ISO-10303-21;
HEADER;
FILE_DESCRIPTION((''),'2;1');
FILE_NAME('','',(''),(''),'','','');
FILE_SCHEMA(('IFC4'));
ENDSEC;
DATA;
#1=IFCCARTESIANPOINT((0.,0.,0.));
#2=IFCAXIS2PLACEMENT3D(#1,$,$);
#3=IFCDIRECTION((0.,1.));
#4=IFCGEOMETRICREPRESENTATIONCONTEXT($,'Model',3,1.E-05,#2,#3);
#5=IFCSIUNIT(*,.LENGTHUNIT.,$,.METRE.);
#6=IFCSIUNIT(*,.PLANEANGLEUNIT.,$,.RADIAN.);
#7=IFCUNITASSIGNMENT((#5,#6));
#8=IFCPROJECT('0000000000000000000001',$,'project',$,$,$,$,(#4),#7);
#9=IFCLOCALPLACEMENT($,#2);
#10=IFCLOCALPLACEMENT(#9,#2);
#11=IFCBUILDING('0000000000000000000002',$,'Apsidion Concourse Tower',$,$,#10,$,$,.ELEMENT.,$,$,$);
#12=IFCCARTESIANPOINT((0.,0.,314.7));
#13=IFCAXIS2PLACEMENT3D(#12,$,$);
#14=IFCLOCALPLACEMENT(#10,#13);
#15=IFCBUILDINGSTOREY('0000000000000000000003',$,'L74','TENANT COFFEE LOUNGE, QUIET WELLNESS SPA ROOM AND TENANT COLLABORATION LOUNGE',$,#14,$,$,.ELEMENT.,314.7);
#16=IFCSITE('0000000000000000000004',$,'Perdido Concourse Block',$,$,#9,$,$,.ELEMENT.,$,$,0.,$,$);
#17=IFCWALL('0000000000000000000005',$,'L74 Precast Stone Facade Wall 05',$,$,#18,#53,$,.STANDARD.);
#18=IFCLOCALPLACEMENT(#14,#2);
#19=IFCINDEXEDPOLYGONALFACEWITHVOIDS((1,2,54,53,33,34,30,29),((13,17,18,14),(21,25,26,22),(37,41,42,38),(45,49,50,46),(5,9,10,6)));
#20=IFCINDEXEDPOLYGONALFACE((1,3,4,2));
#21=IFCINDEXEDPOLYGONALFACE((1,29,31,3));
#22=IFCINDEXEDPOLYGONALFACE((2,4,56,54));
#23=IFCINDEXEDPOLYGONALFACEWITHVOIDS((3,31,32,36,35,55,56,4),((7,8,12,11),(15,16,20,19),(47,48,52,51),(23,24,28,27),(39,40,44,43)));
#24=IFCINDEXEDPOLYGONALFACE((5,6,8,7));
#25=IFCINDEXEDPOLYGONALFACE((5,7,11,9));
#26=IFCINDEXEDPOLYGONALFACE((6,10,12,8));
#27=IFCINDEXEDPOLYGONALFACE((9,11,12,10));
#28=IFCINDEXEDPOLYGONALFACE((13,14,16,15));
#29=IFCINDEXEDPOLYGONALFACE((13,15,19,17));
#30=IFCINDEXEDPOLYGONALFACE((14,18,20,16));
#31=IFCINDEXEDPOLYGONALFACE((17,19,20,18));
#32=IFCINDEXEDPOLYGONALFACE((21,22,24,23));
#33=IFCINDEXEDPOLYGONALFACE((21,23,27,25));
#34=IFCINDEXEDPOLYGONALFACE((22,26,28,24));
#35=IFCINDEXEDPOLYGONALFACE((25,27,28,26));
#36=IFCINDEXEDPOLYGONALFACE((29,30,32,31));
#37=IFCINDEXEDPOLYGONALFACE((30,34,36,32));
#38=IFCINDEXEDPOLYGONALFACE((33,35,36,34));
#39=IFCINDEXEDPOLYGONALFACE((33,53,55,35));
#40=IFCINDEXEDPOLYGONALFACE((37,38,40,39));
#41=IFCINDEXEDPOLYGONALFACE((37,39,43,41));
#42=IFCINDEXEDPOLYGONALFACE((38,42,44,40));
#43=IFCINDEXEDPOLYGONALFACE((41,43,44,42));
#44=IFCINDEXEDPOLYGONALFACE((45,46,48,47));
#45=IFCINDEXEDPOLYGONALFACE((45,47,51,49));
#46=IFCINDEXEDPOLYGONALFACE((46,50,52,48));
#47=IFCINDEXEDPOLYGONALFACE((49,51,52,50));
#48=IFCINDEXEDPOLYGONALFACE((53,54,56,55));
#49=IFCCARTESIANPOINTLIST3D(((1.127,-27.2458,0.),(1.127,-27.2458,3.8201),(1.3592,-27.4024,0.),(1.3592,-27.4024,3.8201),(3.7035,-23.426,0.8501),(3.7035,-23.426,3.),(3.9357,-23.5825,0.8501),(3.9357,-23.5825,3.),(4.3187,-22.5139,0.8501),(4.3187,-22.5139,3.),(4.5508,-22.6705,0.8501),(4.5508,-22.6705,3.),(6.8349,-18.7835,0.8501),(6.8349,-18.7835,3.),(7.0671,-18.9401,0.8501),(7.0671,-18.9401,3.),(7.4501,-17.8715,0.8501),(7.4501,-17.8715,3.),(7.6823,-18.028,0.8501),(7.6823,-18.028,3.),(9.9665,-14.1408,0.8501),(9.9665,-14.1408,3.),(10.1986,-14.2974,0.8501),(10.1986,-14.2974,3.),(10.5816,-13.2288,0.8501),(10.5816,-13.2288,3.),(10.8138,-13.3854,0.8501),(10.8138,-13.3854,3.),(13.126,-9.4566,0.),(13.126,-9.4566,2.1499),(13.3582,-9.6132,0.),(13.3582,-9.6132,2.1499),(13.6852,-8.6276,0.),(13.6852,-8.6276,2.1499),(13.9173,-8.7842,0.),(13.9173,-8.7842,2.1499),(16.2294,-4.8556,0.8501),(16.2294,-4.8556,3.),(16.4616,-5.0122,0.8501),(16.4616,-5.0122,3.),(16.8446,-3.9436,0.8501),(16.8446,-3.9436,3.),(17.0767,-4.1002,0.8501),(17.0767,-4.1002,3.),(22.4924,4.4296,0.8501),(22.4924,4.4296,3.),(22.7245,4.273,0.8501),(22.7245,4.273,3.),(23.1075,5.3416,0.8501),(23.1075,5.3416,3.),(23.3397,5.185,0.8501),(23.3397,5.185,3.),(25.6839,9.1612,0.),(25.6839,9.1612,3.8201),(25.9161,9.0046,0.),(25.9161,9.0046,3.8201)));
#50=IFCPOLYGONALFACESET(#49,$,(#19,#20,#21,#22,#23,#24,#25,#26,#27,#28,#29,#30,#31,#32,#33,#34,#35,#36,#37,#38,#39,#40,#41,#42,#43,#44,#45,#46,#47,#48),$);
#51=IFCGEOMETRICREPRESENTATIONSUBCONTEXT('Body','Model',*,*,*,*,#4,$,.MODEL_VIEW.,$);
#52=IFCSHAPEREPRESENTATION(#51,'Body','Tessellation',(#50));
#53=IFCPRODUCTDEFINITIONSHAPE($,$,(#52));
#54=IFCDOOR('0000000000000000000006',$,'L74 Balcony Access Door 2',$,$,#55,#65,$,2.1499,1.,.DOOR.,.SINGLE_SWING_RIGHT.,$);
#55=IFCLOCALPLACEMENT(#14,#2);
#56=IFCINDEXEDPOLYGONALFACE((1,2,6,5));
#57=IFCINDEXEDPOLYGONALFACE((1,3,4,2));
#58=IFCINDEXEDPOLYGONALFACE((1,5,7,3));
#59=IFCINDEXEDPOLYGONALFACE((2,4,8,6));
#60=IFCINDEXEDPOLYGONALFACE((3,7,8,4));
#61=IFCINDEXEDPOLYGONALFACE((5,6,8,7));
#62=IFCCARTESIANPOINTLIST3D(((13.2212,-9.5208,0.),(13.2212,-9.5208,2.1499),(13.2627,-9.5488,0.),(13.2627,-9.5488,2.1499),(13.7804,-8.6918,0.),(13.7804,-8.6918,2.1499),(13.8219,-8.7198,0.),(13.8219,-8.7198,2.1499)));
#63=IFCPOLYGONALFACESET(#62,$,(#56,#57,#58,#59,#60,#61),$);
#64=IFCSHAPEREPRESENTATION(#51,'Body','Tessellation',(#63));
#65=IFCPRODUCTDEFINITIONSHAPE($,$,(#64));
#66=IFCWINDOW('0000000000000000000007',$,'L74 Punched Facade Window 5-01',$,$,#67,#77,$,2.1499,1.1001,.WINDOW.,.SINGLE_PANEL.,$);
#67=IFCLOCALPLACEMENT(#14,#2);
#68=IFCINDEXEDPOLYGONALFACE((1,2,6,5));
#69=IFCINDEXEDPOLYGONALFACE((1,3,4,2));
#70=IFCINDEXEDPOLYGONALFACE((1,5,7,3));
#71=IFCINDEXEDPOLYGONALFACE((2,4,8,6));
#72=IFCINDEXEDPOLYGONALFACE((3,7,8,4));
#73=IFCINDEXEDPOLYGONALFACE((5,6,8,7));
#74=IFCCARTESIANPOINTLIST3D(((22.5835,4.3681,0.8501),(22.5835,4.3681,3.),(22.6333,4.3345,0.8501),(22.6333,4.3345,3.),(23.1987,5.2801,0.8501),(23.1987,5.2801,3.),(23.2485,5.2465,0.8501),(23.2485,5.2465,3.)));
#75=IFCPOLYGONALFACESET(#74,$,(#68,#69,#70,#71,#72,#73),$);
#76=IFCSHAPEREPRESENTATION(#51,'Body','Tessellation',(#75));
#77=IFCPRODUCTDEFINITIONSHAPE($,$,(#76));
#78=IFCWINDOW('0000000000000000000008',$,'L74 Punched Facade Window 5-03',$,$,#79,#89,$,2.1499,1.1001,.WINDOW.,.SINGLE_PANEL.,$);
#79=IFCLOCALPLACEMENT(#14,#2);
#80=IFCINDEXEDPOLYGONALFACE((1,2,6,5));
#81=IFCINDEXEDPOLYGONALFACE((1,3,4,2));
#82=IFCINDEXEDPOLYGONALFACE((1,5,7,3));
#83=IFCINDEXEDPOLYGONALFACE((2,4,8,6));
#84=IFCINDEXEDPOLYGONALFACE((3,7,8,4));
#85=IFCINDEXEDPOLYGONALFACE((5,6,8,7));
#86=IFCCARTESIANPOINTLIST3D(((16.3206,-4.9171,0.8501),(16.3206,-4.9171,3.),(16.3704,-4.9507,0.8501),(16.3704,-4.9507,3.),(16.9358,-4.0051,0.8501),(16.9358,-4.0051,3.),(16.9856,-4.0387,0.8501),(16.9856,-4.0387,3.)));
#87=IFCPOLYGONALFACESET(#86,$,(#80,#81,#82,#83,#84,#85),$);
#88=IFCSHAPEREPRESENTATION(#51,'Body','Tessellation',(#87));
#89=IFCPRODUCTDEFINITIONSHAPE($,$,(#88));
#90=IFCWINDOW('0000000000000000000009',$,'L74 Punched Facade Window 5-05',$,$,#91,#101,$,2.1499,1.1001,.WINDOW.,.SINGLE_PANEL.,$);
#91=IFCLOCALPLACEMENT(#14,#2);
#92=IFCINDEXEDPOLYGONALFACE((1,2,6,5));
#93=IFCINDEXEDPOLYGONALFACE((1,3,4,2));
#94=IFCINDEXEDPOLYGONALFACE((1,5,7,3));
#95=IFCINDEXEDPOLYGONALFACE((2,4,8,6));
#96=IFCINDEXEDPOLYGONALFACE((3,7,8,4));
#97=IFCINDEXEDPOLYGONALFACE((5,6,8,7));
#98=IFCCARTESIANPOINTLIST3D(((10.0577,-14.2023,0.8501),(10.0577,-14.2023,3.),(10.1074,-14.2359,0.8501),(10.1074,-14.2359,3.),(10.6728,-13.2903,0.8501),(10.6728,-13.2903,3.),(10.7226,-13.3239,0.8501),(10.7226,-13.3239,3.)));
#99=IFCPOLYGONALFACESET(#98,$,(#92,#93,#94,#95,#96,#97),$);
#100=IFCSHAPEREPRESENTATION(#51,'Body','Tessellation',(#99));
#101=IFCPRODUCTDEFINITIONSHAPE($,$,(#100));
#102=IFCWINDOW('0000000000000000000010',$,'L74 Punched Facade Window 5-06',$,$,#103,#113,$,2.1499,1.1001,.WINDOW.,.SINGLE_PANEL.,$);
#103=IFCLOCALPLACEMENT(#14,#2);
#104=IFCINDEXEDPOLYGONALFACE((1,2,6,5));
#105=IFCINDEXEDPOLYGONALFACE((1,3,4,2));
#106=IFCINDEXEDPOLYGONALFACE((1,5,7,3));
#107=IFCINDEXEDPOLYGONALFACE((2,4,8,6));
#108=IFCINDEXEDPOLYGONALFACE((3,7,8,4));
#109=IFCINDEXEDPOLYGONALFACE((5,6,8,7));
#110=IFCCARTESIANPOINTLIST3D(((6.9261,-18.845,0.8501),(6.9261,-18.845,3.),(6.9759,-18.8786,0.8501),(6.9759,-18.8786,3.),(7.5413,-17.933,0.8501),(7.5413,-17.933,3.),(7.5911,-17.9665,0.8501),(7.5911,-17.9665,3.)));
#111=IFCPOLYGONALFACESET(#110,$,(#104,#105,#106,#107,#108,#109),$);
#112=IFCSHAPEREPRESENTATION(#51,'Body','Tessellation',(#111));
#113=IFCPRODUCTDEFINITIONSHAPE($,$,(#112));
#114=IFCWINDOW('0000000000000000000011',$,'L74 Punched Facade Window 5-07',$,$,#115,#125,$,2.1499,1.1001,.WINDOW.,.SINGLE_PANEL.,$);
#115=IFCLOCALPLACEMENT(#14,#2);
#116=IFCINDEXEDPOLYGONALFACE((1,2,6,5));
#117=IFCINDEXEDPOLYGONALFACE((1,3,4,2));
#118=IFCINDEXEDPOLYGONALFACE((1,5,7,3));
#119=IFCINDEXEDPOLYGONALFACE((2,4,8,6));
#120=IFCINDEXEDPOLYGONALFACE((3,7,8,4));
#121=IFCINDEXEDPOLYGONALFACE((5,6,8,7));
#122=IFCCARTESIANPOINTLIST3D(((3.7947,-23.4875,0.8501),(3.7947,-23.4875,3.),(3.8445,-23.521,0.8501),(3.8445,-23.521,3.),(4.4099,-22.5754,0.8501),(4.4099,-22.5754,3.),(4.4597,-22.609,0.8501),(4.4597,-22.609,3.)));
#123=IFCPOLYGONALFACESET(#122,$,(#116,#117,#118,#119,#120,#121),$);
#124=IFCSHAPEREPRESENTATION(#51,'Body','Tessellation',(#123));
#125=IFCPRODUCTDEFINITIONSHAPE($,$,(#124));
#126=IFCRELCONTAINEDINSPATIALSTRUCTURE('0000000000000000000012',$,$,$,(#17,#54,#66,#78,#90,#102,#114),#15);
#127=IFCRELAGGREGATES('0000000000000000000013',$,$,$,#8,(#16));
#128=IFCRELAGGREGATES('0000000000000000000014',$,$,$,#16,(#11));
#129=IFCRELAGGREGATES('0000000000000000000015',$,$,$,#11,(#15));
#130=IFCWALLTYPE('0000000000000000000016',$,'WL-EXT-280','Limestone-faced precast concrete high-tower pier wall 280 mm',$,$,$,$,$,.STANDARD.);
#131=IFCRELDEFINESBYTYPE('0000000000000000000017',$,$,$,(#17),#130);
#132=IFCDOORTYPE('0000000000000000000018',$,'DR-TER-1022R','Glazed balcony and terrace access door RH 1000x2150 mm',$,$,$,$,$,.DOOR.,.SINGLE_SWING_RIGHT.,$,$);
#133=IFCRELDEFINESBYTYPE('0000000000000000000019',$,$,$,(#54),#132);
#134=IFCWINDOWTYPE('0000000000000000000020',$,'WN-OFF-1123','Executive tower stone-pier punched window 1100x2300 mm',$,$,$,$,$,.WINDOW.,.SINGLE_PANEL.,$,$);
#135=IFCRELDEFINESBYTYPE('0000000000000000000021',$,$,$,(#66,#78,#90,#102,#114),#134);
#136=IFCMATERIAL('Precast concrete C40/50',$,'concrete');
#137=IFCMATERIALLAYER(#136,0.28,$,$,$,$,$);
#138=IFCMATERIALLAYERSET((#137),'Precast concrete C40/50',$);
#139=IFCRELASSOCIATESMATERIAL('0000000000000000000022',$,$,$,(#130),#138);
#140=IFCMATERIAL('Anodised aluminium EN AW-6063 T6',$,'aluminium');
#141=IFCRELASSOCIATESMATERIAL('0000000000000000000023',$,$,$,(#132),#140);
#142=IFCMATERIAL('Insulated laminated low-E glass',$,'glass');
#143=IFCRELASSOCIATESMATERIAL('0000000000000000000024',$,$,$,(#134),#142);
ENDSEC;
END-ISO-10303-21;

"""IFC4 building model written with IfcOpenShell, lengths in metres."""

from ifc_helpers import new_model, si_unit, direction, frame, frame_2d, origin, place, context, subcontext, project, spatial, rectangle, extrude, material, layer, layer_set, type_object, element, fill, save


model = new_model("IFC4")

# Units and contexts
model_context = context("Model", 3, precision=1e-05, world=origin(), true_north=direction((0.0, 1.0)))
body_context = subcontext(model_context, "Body", "Model", "MODEL_VIEW")
ifc_project = project(units=[si_unit("LENGTHUNIT", "METRE"), si_unit("PLANEANGLEUNIT", "RADIAN")], contexts=[model_context])

# Site, building, storey
site_placement = place(None, origin())
site = spatial("IfcSite", under=ifc_project, at=site_placement, Name="Perdido Concourse Block", CompositionType="ELEMENT", RefElevation=0.0)
building_placement = place(site_placement, origin())
building = spatial("IfcBuilding", under=site, at=building_placement, Name="Apsidion Concourse Tower", CompositionType="ELEMENT")
storey_placement = place(building_placement, frame((0.0, 0.0, 314.7)))
storey = spatial("IfcBuildingStorey", under=building, at=storey_placement, Name="L74", Description="TENANT COFFEE LOUNGE, QUIET WELLNESS SPA ROOM AND TENANT COLLABORATION LOUNGE", CompositionType="ELEMENT", Elevation=314.7)

# Shared definitions
ifc_material_1 = material(Name="Precast concrete C40/50", Category="concrete")
ifc_layer_1 = layer(ifc_material_1, 0.28)
ifc_layer_set_1 = layer_set([ifc_layer_1], Name="Precast concrete C40/50")
wall_type_1 = type_object("IfcWallType", Name="WL-EXT-280", Description="Limestone-faced precast concrete high-tower pier wall 280 mm", PredefinedType="STANDARD", material=ifc_layer_set_1)

# Wall, openings, door, windows
wall_1_placement = place(storey_placement, frame((25.8, 9.083, 0.0), z_axis=(0.0, 0.0, 1.0), x_axis=(-0.559194, -0.829037, 0.0)))
wall_1 = element("IfcWall", 1, at=wall_1_placement, inside=storey, type_object=wall_type_1, Name="L74 Precast Stone Facade Wall 05", PredefinedType="STANDARD", context=body_context, shape_type="SweptSolid", body=[
    extrude(rectangle(XDim=43.9148, YDim=0.28, at=frame_2d((21.9575, 0.0))), origin(), (0.0, 0.0, 1.0), 3.8201),
])
opening_1_placement = place(wall_1_placement, frame((21.4573, 0.0, 0.0)))
opening_1 = element("IfcOpeningElement", 2, at=opening_1_placement, cuts=wall_1, PredefinedType="OPENING", context=body_context, shape_type="SweptSolid", body=[
    extrude(rectangle(XDim=1.0, YDim=2.1499, at=frame_2d((0.5, 1.075))), frame((0.0, 0.1499, 0.0), z_axis=(0.0, -1.0, 0.0), x_axis=(1.0, 0.0, 0.0)), (0.0, 0.0, 1.0), 0.3),
])
opening_2_placement = place(wall_1_placement, frame((4.6074, 0.0, 0.8501)))
opening_2 = element("IfcOpeningElement", 3, at=opening_2_placement, cuts=wall_1, PredefinedType="OPENING", context=body_context, shape_type="SweptSolid", body=[
    extrude(rectangle(XDim=1.1001, YDim=2.1499, at=frame_2d((0.55, 1.075))), frame((0.0, 0.1499, 0.0), z_axis=(0.0, -1.0, 0.0), x_axis=(1.0, 0.0, 0.0)), (0.0, 0.0, 1.0), 0.3),
])
opening_3_placement = place(wall_1_placement, frame((15.8074, 0.0, 0.8501)))
opening_3 = element("IfcOpeningElement", 4, at=opening_3_placement, cuts=wall_1, PredefinedType="OPENING", context=body_context, shape_type="SweptSolid", body=[
    extrude(rectangle(XDim=1.1001, YDim=2.1499, at=frame_2d((0.55, 1.075))), frame((0.0, 0.1499, 0.0), z_axis=(0.0, -1.0, 0.0), x_axis=(1.0, 0.0, 0.0)), (0.0, 0.0, 1.0), 0.3),
])
opening_4_placement = place(wall_1_placement, frame((27.0073, 0.0, 0.8501)))
opening_4 = element("IfcOpeningElement", 5, at=opening_4_placement, cuts=wall_1, PredefinedType="OPENING", context=body_context, shape_type="SweptSolid", body=[
    extrude(rectangle(XDim=1.1001, YDim=2.1499, at=frame_2d((0.55, 1.075))), frame((0.0, 0.1499, 0.0), z_axis=(0.0, -1.0, 0.0), x_axis=(1.0, 0.0, 0.0)), (0.0, 0.0, 1.0), 0.3),
])
opening_5_placement = place(wall_1_placement, frame((32.6074, 0.0, 0.8501)))
opening_5 = element("IfcOpeningElement", 6, at=opening_5_placement, cuts=wall_1, PredefinedType="OPENING", context=body_context, shape_type="SweptSolid", body=[
    extrude(rectangle(XDim=1.1001, YDim=2.1499, at=frame_2d((0.55, 1.075))), frame((0.0, 0.1499, 0.0), z_axis=(0.0, -1.0, 0.0), x_axis=(1.0, 0.0, 0.0)), (0.0, 0.0, 1.0), 0.3),
])
opening_6_placement = place(wall_1_placement, frame((38.2073, 0.0, 0.8501)))
opening_6 = element("IfcOpeningElement", 7, at=opening_6_placement, cuts=wall_1, PredefinedType="OPENING", context=body_context, shape_type="SweptSolid", body=[
    extrude(rectangle(XDim=1.1001, YDim=2.1499, at=frame_2d((0.55, 1.075))), frame((0.0, 0.1499, 0.0), z_axis=(0.0, -1.0, 0.0), x_axis=(1.0, 0.0, 0.0)), (0.0, 0.0, 1.0), 0.3),
])
ifc_material_2 = material(Name="Anodised aluminium EN AW-6063 T6", Category="aluminium")
door_type_1 = type_object("IfcDoorType", Name="DR-TER-1022R", Description="Glazed balcony and terrace access door RH 1000x2150 mm", OperationType="SINGLE_SWING_RIGHT", PredefinedType="DOOR", material=ifc_material_2)
door_1_placement = place(opening_1_placement, origin())
door_1 = element("IfcDoor", 8, at=door_1_placement, inside=storey, type_object=door_type_1, Name="L74 Balcony Access Door 2", OperationType="SINGLE_SWING_RIGHT", OverallHeight=2.1499, OverallWidth=1.0, PredefinedType="DOOR", context=body_context, shape_type="SweptSolid", body=[
    extrude(rectangle(XDim=1.0, YDim=2.1499, at=frame_2d((0.5, 1.075))), frame((0.0, 0.0249, 0.0), z_axis=(0.0, -1.0, 0.0), x_axis=(1.0, 0.0, 0.0)), (0.0, 0.0, 1.0), 0.05),
])
fill(opening_1, door_1)
ifc_material_3 = material(Name="Insulated laminated low-E glass", Category="glass")
window_type = type_object("IfcWindowType", Name="WN-OFF-1123", Description="Executive tower stone-pier punched window 1100x2300 mm", PartitioningType="SINGLE_PANEL", PredefinedType="WINDOW", material=ifc_material_3)
window_1_placement = place(opening_2_placement, origin())
window_1 = element("IfcWindow", 9, at=window_1_placement, inside=storey, type_object=window_type, Name="L74 Punched Facade Window 5-01", OverallHeight=2.1499, OverallWidth=1.1001, PartitioningType="SINGLE_PANEL", PredefinedType="WINDOW", context=body_context, shape_type="SweptSolid", body=[
    extrude(rectangle(XDim=1.1001, YDim=2.1499, at=frame_2d((0.55, 1.075))), frame((0.0, 0.03, 0.0), z_axis=(0.0, -1.0, 0.0), x_axis=(1.0, 0.0, 0.0)), (0.0, 0.0, 1.0), 0.0601),
])
fill(opening_2, window_1)
window_2_placement = place(opening_3_placement, origin())
window_2 = element("IfcWindow", 10, at=window_2_placement, inside=storey, type_object=window_type, Name="L74 Punched Facade Window 5-03", OverallHeight=2.1499, OverallWidth=1.1001, PartitioningType="SINGLE_PANEL", PredefinedType="WINDOW", context=body_context, shape_type="SweptSolid", body=[
    extrude(rectangle(XDim=1.1001, YDim=2.1499, at=frame_2d((0.55, 1.075))), frame((0.0, 0.03, 0.0), z_axis=(0.0, -1.0, 0.0), x_axis=(1.0, 0.0, 0.0)), (0.0, 0.0, 1.0), 0.0601),
])
fill(opening_3, window_2)
window_3_placement = place(opening_4_placement, origin())
window_3 = element("IfcWindow", 11, at=window_3_placement, inside=storey, type_object=window_type, Name="L74 Punched Facade Window 5-05", OverallHeight=2.1499, OverallWidth=1.1001, PartitioningType="SINGLE_PANEL", PredefinedType="WINDOW", context=body_context, shape_type="SweptSolid", body=[
    extrude(rectangle(XDim=1.1001, YDim=2.1499, at=frame_2d((0.55, 1.075))), frame((0.0, 0.03, 0.0), z_axis=(0.0, -1.0, 0.0), x_axis=(1.0, 0.0, 0.0)), (0.0, 0.0, 1.0), 0.0601),
])
fill(opening_4, window_3)
window_4_placement = place(opening_5_placement, origin())
window_4 = element("IfcWindow", 12, at=window_4_placement, inside=storey, type_object=window_type, Name="L74 Punched Facade Window 5-06", OverallHeight=2.1499, OverallWidth=1.1001, PartitioningType="SINGLE_PANEL", PredefinedType="WINDOW", context=body_context, shape_type="SweptSolid", body=[
    extrude(rectangle(XDim=1.1001, YDim=2.1499, at=frame_2d((0.55, 1.075))), frame((0.0, 0.03, 0.0), z_axis=(0.0, -1.0, 0.0), x_axis=(1.0, 0.0, 0.0)), (0.0, 0.0, 1.0), 0.0601),
])
fill(opening_5, window_4)
window_5_placement = place(opening_6_placement, origin())
window_5 = element("IfcWindow", 13, at=window_5_placement, inside=storey, type_object=window_type, Name="L74 Punched Facade Window 5-07", OverallHeight=2.1499, OverallWidth=1.1001, PartitioningType="SINGLE_PANEL", PredefinedType="WINDOW", context=body_context, shape_type="SweptSolid", body=[
    extrude(rectangle(XDim=1.1001, YDim=2.1499, at=frame_2d((0.55, 1.075))), frame((0.0, 0.03, 0.0), z_axis=(0.0, -1.0, 0.0), x_axis=(1.0, 0.0, 0.0)), (0.0, 0.0, 1.0), 0.0601),
])
fill(opening_6, window_5)

save(model, "model.ifc")
